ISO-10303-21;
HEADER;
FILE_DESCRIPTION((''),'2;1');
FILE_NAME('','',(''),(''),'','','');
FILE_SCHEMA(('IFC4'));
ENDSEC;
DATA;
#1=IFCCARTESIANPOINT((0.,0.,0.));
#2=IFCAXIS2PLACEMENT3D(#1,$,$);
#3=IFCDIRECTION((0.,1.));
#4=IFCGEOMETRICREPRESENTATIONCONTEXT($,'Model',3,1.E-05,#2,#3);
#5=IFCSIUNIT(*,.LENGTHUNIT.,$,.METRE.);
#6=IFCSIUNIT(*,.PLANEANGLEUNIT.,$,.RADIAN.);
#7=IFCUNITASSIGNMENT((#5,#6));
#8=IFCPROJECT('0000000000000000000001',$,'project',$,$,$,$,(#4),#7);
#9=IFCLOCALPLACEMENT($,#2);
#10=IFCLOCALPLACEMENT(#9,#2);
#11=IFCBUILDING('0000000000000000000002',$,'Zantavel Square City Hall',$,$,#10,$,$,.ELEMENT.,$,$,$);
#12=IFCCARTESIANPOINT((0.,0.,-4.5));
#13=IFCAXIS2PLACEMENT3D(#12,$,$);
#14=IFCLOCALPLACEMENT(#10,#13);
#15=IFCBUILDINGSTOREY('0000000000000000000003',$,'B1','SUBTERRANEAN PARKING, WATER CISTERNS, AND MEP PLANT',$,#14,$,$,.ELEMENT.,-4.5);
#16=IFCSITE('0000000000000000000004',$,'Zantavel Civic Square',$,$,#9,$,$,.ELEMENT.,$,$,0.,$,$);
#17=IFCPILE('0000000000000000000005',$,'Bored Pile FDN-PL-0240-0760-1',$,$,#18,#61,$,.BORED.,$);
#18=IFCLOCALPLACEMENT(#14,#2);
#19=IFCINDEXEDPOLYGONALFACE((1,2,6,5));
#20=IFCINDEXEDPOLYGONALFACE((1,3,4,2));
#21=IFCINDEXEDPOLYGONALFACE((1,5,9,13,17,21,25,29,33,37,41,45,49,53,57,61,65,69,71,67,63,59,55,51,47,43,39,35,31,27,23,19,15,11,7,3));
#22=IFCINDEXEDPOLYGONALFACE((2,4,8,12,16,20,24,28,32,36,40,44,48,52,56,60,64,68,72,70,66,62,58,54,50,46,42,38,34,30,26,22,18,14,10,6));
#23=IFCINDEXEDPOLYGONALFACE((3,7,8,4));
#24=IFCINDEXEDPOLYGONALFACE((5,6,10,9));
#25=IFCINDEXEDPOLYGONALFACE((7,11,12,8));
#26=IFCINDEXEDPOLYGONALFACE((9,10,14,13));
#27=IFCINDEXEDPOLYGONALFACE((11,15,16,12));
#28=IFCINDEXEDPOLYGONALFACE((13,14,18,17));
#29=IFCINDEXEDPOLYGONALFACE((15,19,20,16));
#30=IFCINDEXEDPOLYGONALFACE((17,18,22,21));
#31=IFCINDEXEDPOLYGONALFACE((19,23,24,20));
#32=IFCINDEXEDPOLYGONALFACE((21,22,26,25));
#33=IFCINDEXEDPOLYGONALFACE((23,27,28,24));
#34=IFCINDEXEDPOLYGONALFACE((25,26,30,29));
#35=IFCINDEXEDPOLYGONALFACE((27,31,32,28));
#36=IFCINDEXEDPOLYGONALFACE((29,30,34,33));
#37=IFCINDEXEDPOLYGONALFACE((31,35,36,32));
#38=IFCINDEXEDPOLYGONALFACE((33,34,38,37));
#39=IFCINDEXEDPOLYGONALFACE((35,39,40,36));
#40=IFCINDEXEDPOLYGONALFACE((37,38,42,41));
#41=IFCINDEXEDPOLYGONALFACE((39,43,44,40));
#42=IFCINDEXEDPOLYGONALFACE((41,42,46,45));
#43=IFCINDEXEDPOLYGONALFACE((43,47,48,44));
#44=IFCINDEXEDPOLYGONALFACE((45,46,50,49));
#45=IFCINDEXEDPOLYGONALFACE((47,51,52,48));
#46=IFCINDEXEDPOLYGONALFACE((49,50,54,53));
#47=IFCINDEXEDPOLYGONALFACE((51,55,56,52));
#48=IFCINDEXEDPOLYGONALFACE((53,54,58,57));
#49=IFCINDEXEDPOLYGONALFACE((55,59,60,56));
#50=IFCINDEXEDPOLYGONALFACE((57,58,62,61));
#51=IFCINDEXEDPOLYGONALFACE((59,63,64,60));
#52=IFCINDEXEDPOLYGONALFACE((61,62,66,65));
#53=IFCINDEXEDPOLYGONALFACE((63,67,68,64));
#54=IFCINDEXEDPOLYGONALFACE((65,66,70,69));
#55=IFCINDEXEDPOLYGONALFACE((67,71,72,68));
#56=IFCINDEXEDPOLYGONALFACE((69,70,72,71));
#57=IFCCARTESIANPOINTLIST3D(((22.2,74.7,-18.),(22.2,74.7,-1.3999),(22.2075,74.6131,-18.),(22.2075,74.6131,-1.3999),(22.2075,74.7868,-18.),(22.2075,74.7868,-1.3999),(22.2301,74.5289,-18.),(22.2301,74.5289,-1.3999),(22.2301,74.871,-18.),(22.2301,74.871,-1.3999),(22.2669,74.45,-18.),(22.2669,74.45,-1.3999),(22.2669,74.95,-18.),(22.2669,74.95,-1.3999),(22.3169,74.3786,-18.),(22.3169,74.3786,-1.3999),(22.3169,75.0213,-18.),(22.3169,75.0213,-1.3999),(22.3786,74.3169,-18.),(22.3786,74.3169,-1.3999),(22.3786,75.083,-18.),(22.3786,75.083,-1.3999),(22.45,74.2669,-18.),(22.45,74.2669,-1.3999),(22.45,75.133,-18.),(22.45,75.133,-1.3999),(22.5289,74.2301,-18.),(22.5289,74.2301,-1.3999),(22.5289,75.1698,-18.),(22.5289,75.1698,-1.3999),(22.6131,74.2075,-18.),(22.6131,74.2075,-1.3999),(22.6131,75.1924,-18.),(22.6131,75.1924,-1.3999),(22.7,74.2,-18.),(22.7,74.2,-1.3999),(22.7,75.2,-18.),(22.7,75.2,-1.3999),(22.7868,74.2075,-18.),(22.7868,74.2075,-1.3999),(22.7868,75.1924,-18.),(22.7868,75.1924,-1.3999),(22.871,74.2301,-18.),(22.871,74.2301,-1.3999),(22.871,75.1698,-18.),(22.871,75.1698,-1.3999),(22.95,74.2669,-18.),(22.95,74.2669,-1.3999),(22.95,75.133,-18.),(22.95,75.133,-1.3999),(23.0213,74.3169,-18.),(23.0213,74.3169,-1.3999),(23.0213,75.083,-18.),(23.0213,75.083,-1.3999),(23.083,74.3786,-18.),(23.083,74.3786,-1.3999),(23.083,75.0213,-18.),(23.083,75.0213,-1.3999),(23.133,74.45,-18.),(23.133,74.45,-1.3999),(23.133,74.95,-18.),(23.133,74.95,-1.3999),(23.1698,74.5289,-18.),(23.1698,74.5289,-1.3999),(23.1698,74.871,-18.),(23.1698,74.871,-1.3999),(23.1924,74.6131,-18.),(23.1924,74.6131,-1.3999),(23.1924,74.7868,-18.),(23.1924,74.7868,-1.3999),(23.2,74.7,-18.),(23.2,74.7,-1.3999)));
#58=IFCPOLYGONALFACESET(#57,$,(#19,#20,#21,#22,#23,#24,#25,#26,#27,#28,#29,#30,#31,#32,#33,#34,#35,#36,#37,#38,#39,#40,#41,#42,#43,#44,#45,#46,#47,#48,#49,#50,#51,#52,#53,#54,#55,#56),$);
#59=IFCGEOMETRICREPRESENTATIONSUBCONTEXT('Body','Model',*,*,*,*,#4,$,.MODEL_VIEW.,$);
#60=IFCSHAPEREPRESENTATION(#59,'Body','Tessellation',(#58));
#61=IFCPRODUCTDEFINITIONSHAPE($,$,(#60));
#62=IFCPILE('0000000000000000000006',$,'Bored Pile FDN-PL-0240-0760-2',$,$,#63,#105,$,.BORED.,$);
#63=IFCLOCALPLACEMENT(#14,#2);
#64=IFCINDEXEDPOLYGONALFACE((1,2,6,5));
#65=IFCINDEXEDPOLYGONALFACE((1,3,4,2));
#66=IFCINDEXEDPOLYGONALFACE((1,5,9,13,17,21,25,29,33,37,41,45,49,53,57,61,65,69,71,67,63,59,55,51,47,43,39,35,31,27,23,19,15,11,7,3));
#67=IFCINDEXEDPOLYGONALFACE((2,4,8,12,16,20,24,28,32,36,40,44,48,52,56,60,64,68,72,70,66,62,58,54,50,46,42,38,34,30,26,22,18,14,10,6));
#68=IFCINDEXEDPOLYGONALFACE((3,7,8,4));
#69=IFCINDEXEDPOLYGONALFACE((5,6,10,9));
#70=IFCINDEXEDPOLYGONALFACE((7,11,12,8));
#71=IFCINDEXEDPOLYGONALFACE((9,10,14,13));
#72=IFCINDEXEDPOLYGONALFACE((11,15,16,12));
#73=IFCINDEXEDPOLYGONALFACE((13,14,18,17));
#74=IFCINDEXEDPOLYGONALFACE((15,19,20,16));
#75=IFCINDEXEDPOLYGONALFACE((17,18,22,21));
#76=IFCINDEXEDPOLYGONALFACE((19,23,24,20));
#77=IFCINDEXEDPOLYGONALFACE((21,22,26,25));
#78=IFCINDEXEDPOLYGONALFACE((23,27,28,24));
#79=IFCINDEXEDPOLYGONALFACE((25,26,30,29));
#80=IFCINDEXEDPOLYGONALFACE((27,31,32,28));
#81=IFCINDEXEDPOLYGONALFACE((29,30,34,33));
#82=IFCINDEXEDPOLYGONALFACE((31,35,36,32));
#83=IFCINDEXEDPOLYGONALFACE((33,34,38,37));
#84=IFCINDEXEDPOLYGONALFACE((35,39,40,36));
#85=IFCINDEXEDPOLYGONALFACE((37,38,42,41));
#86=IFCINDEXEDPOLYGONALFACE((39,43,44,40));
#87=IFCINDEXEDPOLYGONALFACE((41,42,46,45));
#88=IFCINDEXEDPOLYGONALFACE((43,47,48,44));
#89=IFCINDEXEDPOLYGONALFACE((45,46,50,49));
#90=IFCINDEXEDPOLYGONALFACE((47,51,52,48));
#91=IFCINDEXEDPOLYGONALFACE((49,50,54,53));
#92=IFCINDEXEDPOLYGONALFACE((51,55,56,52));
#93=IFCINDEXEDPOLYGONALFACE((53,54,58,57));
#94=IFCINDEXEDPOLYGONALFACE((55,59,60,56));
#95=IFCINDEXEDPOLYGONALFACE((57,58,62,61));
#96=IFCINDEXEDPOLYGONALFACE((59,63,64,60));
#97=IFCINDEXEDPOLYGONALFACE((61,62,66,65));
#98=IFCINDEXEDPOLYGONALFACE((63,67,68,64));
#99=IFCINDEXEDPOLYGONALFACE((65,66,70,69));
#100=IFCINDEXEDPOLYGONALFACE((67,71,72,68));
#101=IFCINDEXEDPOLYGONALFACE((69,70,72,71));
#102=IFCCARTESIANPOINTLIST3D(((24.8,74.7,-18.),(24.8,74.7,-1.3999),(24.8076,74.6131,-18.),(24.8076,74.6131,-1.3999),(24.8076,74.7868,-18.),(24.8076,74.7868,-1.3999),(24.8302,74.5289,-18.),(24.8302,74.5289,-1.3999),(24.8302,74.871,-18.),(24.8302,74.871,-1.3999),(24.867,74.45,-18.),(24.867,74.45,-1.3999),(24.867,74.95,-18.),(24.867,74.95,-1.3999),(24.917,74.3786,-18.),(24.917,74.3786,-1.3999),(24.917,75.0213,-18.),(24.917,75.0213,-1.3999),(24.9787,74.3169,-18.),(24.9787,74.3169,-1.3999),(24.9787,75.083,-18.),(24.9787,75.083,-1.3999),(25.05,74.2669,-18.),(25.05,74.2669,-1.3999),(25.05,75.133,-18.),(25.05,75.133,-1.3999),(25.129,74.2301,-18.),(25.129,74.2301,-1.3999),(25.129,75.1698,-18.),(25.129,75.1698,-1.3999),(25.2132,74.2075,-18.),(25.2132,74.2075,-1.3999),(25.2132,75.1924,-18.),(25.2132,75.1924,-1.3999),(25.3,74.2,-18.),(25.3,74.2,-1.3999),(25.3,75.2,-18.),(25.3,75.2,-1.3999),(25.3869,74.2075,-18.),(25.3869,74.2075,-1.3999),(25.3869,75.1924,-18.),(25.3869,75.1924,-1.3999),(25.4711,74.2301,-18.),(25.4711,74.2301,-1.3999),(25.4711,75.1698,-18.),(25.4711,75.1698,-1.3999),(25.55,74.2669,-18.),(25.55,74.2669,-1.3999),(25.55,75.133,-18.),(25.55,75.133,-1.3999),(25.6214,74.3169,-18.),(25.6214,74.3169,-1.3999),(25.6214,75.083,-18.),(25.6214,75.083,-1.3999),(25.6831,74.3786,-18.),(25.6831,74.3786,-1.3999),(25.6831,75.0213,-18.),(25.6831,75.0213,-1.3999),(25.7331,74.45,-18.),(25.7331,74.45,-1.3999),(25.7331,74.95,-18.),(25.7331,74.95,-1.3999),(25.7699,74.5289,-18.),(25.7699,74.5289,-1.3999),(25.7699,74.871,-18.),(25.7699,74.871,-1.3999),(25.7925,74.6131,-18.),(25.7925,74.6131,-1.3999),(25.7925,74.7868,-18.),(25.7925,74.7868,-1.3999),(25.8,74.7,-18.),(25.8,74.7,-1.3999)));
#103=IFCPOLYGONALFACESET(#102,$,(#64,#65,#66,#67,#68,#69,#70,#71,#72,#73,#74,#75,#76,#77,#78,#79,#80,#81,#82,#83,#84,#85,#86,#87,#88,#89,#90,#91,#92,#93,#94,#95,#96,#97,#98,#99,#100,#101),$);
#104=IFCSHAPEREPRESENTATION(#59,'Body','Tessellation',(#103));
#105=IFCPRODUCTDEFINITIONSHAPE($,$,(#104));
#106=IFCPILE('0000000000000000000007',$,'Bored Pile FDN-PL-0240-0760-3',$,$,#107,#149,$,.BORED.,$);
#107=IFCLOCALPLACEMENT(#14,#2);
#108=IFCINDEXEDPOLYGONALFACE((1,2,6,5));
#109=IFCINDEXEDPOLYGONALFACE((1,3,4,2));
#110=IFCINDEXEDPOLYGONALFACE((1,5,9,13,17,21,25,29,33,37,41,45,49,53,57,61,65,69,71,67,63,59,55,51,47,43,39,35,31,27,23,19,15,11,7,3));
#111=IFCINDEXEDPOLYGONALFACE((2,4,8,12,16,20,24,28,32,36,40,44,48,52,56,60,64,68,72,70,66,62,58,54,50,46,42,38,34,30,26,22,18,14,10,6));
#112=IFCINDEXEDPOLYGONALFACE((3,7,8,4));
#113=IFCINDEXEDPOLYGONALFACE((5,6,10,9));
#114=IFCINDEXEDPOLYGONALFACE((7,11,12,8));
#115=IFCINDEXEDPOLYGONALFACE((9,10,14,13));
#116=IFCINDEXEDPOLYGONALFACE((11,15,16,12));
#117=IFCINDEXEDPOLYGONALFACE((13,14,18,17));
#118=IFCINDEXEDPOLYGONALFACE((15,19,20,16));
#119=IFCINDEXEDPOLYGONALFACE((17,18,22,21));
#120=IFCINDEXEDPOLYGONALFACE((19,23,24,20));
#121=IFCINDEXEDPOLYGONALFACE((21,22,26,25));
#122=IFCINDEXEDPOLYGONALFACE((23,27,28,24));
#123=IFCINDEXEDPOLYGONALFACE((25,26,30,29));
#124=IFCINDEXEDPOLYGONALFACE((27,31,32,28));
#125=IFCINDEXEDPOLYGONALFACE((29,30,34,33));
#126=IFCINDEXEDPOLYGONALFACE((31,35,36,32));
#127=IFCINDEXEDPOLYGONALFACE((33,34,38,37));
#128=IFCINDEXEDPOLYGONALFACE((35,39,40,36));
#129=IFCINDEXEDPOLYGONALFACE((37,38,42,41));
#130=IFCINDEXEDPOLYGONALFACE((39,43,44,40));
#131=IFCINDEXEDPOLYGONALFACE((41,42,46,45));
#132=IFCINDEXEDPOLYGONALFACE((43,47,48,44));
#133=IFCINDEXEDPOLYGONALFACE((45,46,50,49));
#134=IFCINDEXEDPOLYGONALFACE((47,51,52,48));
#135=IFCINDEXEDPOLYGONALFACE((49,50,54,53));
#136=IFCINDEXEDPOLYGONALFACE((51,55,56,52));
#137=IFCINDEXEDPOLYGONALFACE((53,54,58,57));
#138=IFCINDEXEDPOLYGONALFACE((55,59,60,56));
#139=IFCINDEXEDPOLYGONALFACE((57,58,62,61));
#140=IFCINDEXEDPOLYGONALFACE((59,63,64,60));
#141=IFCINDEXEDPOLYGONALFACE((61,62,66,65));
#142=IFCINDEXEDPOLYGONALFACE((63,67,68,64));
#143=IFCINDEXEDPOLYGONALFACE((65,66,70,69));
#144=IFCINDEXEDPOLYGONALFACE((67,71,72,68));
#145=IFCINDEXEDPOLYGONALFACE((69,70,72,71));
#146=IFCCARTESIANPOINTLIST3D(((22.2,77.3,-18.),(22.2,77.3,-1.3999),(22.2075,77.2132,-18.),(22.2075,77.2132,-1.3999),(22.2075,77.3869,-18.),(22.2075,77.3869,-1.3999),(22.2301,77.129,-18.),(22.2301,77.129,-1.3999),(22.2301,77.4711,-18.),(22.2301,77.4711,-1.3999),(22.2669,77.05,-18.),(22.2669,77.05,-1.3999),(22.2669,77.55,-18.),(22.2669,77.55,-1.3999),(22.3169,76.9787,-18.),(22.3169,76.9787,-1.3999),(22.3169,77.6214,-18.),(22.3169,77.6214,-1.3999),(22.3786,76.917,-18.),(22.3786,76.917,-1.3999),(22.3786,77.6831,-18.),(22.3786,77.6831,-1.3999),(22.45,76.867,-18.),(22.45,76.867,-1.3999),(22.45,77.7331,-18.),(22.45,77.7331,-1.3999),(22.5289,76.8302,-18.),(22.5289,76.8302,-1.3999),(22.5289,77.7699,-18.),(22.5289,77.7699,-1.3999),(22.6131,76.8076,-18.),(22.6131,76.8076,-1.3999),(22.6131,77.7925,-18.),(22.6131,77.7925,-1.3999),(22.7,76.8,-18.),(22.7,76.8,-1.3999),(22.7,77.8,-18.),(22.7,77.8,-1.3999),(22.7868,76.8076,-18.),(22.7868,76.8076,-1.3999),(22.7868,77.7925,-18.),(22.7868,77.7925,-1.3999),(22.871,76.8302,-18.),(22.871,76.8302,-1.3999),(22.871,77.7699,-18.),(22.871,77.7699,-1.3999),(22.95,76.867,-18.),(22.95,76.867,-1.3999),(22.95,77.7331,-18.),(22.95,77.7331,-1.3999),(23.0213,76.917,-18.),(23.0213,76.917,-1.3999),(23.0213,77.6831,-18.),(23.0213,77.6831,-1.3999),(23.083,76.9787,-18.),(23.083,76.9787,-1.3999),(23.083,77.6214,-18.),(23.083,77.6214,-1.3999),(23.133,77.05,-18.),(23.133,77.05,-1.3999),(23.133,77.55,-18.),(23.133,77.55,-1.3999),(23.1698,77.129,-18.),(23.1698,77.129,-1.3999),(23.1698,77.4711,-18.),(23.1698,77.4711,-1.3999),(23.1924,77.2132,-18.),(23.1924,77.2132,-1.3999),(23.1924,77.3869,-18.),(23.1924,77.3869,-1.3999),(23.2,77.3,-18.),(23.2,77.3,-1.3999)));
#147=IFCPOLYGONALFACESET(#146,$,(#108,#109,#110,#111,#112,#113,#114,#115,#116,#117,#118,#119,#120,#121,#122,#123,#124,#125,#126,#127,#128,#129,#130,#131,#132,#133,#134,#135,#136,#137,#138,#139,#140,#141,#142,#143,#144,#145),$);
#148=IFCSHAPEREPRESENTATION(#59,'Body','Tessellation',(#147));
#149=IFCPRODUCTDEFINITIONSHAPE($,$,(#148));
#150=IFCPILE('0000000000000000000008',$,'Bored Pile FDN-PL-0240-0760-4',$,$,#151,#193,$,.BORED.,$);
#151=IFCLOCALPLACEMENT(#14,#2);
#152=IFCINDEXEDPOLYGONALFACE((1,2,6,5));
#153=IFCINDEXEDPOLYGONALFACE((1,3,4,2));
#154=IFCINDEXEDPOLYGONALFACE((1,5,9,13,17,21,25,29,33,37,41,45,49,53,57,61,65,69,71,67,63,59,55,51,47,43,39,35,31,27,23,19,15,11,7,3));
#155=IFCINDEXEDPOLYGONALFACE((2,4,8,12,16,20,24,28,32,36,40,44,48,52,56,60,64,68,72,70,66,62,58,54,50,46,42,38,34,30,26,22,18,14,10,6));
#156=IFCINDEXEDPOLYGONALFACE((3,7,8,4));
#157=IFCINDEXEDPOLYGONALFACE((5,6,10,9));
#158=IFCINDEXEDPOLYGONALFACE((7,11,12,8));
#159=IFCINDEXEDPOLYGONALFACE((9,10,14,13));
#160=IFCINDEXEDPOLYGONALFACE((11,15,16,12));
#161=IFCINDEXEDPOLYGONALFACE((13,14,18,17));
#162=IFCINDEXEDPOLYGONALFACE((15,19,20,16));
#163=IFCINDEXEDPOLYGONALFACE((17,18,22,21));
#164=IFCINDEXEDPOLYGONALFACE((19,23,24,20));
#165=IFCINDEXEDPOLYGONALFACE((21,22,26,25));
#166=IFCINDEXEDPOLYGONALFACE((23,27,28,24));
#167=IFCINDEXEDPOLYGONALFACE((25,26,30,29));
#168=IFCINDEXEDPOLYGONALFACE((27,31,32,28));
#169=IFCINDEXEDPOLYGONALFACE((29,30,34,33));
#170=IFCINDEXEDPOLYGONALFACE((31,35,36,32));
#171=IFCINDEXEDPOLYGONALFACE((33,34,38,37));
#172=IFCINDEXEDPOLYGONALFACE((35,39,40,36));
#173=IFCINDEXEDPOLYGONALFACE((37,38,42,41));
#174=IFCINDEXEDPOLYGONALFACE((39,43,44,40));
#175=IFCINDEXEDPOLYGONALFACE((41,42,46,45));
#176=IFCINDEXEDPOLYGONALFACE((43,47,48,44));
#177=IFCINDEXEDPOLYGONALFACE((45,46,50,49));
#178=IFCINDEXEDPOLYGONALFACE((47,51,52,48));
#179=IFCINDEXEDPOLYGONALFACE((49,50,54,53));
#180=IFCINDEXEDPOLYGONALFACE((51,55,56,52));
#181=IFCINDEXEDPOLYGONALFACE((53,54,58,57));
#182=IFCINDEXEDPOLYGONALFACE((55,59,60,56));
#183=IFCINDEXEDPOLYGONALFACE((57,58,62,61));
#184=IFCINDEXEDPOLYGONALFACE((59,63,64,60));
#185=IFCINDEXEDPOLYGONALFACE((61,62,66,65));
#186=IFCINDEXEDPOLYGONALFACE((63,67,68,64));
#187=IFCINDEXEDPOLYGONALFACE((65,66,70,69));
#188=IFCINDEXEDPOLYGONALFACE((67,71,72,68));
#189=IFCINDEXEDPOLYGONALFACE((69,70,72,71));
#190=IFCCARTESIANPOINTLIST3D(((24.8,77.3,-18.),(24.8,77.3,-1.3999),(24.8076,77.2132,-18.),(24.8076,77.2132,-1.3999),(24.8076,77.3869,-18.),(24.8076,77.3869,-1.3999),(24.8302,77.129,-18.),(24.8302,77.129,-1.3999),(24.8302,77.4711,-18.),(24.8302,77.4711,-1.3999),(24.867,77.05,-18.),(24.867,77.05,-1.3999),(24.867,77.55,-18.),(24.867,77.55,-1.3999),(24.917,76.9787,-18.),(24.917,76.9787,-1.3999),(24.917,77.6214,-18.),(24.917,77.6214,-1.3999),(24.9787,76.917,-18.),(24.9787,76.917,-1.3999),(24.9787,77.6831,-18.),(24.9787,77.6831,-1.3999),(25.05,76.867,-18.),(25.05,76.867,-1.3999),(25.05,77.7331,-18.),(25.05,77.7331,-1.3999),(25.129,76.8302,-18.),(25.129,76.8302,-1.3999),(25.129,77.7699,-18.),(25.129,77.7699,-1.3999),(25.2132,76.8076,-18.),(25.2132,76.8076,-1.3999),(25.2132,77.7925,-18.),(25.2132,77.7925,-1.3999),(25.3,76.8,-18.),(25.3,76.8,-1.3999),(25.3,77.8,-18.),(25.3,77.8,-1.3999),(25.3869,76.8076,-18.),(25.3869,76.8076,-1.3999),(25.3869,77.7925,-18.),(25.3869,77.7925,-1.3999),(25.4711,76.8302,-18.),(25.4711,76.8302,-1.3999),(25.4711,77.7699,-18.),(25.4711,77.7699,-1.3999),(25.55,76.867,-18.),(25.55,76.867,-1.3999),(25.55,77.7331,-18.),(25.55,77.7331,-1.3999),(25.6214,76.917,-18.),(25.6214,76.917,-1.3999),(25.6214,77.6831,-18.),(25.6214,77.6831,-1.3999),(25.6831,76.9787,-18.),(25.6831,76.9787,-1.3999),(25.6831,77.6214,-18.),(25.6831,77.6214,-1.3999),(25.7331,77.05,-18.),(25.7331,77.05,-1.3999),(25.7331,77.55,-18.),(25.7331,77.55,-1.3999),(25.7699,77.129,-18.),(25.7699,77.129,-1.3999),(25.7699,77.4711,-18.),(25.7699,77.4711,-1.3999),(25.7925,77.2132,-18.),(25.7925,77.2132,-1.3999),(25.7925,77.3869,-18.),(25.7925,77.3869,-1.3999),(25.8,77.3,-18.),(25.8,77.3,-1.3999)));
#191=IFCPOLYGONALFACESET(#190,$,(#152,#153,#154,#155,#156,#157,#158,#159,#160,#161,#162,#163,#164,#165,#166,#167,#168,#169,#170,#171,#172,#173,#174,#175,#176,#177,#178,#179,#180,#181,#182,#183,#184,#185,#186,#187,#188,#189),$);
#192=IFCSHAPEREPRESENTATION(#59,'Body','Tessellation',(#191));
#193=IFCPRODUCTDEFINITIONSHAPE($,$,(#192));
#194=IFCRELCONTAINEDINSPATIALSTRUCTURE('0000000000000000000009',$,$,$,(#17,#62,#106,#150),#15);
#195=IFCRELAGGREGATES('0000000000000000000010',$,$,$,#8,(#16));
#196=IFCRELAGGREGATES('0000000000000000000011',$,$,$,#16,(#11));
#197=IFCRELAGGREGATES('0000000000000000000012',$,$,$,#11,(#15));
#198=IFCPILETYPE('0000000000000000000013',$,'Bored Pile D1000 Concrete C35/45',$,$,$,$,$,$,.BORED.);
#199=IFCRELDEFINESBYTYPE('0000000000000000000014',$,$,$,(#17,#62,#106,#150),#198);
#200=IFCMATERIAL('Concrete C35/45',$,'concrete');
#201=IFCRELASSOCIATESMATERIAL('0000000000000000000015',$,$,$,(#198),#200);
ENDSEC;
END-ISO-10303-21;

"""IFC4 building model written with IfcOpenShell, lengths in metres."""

from ifc_helpers import new_model, si_unit, direction, frame, origin, origin_2d, place, context, subcontext, project, spatial, circle, extrude, material, material_profile, profile_set, type_object, element, save


model = new_model("IFC4")

# Units and contexts
model_context = context("Model", 3, precision=1e-05, world=origin(), true_north=direction((0.0, 1.0)))
body_context = subcontext(model_context, "Body", "Model", "MODEL_VIEW")
ifc_project = project(units=[si_unit("LENGTHUNIT", "METRE"), si_unit("PLANEANGLEUNIT", "RADIAN")], contexts=[model_context])

# Site, building, storey
site_placement = place(None, origin())
site = spatial("IfcSite", under=ifc_project, at=site_placement, Name="Zantavel Civic Square", CompositionType="ELEMENT", RefElevation=0.0)
building_placement = place(site_placement, origin())
building = spatial("IfcBuilding", under=site, at=building_placement, Name="Zantavel Square City Hall", CompositionType="ELEMENT")
storey_placement = place(building_placement, frame((0.0, 0.0, -4.5)))
storey = spatial("IfcBuildingStorey", under=building, at=storey_placement, Name="B1", Description="SUBTERRANEAN PARKING, WATER CISTERNS, AND MEP PLANT", CompositionType="ELEMENT", Elevation=-4.5)

# Piles
ifc_material_1 = material(Name="Concrete C35/45", Category="concrete")
ifc_material_profile_1 = material_profile(ifc_material_1, circle(Radius=0.5, at=origin_2d()), Name="PILE D1000")
ifc_profile_set_1 = profile_set([ifc_material_profile_1], Name="Concrete C35/45")
pile_type = type_object("IfcPileType", Name="Bored Pile D1000 Concrete C35/45", PredefinedType="BORED", material=ifc_profile_set_1)
for number, where, z_axis, x_axis, name in (
    (1, (22.7, 74.7, -1.3999), (0.0, 0.0, -1.0), (1.0, 0.0, 0.0), "Bored Pile FDN-PL-0240-0760-1"),
    (2, (25.3, 74.7, -1.3999), (0.0, 0.0, -1.0), (1.0, 0.0, 0.0), "Bored Pile FDN-PL-0240-0760-2"),
    (3, (22.7, 77.3, -1.3999), (0.0, 0.0, -1.0), (1.0, 0.0, 0.0), "Bored Pile FDN-PL-0240-0760-3"),
    (4, (25.3, 77.3, -1.3999), (0.0, 0.0, -1.0), (1.0, 0.0, 0.0), "Bored Pile FDN-PL-0240-0760-4"),
):
    element("IfcPile", number, at=place(storey_placement, frame(where, z_axis=z_axis, x_axis=x_axis)), inside=storey, type_object=pile_type, Name=name, PredefinedType="BORED", context=body_context, shape_type="SweptSolid", body=[
        extrude(circle(Radius=0.5, at=origin_2d()), origin(), (0.0, 0.0, 1.0), 16.6001),
    ])

save(model, "model.ifc")
